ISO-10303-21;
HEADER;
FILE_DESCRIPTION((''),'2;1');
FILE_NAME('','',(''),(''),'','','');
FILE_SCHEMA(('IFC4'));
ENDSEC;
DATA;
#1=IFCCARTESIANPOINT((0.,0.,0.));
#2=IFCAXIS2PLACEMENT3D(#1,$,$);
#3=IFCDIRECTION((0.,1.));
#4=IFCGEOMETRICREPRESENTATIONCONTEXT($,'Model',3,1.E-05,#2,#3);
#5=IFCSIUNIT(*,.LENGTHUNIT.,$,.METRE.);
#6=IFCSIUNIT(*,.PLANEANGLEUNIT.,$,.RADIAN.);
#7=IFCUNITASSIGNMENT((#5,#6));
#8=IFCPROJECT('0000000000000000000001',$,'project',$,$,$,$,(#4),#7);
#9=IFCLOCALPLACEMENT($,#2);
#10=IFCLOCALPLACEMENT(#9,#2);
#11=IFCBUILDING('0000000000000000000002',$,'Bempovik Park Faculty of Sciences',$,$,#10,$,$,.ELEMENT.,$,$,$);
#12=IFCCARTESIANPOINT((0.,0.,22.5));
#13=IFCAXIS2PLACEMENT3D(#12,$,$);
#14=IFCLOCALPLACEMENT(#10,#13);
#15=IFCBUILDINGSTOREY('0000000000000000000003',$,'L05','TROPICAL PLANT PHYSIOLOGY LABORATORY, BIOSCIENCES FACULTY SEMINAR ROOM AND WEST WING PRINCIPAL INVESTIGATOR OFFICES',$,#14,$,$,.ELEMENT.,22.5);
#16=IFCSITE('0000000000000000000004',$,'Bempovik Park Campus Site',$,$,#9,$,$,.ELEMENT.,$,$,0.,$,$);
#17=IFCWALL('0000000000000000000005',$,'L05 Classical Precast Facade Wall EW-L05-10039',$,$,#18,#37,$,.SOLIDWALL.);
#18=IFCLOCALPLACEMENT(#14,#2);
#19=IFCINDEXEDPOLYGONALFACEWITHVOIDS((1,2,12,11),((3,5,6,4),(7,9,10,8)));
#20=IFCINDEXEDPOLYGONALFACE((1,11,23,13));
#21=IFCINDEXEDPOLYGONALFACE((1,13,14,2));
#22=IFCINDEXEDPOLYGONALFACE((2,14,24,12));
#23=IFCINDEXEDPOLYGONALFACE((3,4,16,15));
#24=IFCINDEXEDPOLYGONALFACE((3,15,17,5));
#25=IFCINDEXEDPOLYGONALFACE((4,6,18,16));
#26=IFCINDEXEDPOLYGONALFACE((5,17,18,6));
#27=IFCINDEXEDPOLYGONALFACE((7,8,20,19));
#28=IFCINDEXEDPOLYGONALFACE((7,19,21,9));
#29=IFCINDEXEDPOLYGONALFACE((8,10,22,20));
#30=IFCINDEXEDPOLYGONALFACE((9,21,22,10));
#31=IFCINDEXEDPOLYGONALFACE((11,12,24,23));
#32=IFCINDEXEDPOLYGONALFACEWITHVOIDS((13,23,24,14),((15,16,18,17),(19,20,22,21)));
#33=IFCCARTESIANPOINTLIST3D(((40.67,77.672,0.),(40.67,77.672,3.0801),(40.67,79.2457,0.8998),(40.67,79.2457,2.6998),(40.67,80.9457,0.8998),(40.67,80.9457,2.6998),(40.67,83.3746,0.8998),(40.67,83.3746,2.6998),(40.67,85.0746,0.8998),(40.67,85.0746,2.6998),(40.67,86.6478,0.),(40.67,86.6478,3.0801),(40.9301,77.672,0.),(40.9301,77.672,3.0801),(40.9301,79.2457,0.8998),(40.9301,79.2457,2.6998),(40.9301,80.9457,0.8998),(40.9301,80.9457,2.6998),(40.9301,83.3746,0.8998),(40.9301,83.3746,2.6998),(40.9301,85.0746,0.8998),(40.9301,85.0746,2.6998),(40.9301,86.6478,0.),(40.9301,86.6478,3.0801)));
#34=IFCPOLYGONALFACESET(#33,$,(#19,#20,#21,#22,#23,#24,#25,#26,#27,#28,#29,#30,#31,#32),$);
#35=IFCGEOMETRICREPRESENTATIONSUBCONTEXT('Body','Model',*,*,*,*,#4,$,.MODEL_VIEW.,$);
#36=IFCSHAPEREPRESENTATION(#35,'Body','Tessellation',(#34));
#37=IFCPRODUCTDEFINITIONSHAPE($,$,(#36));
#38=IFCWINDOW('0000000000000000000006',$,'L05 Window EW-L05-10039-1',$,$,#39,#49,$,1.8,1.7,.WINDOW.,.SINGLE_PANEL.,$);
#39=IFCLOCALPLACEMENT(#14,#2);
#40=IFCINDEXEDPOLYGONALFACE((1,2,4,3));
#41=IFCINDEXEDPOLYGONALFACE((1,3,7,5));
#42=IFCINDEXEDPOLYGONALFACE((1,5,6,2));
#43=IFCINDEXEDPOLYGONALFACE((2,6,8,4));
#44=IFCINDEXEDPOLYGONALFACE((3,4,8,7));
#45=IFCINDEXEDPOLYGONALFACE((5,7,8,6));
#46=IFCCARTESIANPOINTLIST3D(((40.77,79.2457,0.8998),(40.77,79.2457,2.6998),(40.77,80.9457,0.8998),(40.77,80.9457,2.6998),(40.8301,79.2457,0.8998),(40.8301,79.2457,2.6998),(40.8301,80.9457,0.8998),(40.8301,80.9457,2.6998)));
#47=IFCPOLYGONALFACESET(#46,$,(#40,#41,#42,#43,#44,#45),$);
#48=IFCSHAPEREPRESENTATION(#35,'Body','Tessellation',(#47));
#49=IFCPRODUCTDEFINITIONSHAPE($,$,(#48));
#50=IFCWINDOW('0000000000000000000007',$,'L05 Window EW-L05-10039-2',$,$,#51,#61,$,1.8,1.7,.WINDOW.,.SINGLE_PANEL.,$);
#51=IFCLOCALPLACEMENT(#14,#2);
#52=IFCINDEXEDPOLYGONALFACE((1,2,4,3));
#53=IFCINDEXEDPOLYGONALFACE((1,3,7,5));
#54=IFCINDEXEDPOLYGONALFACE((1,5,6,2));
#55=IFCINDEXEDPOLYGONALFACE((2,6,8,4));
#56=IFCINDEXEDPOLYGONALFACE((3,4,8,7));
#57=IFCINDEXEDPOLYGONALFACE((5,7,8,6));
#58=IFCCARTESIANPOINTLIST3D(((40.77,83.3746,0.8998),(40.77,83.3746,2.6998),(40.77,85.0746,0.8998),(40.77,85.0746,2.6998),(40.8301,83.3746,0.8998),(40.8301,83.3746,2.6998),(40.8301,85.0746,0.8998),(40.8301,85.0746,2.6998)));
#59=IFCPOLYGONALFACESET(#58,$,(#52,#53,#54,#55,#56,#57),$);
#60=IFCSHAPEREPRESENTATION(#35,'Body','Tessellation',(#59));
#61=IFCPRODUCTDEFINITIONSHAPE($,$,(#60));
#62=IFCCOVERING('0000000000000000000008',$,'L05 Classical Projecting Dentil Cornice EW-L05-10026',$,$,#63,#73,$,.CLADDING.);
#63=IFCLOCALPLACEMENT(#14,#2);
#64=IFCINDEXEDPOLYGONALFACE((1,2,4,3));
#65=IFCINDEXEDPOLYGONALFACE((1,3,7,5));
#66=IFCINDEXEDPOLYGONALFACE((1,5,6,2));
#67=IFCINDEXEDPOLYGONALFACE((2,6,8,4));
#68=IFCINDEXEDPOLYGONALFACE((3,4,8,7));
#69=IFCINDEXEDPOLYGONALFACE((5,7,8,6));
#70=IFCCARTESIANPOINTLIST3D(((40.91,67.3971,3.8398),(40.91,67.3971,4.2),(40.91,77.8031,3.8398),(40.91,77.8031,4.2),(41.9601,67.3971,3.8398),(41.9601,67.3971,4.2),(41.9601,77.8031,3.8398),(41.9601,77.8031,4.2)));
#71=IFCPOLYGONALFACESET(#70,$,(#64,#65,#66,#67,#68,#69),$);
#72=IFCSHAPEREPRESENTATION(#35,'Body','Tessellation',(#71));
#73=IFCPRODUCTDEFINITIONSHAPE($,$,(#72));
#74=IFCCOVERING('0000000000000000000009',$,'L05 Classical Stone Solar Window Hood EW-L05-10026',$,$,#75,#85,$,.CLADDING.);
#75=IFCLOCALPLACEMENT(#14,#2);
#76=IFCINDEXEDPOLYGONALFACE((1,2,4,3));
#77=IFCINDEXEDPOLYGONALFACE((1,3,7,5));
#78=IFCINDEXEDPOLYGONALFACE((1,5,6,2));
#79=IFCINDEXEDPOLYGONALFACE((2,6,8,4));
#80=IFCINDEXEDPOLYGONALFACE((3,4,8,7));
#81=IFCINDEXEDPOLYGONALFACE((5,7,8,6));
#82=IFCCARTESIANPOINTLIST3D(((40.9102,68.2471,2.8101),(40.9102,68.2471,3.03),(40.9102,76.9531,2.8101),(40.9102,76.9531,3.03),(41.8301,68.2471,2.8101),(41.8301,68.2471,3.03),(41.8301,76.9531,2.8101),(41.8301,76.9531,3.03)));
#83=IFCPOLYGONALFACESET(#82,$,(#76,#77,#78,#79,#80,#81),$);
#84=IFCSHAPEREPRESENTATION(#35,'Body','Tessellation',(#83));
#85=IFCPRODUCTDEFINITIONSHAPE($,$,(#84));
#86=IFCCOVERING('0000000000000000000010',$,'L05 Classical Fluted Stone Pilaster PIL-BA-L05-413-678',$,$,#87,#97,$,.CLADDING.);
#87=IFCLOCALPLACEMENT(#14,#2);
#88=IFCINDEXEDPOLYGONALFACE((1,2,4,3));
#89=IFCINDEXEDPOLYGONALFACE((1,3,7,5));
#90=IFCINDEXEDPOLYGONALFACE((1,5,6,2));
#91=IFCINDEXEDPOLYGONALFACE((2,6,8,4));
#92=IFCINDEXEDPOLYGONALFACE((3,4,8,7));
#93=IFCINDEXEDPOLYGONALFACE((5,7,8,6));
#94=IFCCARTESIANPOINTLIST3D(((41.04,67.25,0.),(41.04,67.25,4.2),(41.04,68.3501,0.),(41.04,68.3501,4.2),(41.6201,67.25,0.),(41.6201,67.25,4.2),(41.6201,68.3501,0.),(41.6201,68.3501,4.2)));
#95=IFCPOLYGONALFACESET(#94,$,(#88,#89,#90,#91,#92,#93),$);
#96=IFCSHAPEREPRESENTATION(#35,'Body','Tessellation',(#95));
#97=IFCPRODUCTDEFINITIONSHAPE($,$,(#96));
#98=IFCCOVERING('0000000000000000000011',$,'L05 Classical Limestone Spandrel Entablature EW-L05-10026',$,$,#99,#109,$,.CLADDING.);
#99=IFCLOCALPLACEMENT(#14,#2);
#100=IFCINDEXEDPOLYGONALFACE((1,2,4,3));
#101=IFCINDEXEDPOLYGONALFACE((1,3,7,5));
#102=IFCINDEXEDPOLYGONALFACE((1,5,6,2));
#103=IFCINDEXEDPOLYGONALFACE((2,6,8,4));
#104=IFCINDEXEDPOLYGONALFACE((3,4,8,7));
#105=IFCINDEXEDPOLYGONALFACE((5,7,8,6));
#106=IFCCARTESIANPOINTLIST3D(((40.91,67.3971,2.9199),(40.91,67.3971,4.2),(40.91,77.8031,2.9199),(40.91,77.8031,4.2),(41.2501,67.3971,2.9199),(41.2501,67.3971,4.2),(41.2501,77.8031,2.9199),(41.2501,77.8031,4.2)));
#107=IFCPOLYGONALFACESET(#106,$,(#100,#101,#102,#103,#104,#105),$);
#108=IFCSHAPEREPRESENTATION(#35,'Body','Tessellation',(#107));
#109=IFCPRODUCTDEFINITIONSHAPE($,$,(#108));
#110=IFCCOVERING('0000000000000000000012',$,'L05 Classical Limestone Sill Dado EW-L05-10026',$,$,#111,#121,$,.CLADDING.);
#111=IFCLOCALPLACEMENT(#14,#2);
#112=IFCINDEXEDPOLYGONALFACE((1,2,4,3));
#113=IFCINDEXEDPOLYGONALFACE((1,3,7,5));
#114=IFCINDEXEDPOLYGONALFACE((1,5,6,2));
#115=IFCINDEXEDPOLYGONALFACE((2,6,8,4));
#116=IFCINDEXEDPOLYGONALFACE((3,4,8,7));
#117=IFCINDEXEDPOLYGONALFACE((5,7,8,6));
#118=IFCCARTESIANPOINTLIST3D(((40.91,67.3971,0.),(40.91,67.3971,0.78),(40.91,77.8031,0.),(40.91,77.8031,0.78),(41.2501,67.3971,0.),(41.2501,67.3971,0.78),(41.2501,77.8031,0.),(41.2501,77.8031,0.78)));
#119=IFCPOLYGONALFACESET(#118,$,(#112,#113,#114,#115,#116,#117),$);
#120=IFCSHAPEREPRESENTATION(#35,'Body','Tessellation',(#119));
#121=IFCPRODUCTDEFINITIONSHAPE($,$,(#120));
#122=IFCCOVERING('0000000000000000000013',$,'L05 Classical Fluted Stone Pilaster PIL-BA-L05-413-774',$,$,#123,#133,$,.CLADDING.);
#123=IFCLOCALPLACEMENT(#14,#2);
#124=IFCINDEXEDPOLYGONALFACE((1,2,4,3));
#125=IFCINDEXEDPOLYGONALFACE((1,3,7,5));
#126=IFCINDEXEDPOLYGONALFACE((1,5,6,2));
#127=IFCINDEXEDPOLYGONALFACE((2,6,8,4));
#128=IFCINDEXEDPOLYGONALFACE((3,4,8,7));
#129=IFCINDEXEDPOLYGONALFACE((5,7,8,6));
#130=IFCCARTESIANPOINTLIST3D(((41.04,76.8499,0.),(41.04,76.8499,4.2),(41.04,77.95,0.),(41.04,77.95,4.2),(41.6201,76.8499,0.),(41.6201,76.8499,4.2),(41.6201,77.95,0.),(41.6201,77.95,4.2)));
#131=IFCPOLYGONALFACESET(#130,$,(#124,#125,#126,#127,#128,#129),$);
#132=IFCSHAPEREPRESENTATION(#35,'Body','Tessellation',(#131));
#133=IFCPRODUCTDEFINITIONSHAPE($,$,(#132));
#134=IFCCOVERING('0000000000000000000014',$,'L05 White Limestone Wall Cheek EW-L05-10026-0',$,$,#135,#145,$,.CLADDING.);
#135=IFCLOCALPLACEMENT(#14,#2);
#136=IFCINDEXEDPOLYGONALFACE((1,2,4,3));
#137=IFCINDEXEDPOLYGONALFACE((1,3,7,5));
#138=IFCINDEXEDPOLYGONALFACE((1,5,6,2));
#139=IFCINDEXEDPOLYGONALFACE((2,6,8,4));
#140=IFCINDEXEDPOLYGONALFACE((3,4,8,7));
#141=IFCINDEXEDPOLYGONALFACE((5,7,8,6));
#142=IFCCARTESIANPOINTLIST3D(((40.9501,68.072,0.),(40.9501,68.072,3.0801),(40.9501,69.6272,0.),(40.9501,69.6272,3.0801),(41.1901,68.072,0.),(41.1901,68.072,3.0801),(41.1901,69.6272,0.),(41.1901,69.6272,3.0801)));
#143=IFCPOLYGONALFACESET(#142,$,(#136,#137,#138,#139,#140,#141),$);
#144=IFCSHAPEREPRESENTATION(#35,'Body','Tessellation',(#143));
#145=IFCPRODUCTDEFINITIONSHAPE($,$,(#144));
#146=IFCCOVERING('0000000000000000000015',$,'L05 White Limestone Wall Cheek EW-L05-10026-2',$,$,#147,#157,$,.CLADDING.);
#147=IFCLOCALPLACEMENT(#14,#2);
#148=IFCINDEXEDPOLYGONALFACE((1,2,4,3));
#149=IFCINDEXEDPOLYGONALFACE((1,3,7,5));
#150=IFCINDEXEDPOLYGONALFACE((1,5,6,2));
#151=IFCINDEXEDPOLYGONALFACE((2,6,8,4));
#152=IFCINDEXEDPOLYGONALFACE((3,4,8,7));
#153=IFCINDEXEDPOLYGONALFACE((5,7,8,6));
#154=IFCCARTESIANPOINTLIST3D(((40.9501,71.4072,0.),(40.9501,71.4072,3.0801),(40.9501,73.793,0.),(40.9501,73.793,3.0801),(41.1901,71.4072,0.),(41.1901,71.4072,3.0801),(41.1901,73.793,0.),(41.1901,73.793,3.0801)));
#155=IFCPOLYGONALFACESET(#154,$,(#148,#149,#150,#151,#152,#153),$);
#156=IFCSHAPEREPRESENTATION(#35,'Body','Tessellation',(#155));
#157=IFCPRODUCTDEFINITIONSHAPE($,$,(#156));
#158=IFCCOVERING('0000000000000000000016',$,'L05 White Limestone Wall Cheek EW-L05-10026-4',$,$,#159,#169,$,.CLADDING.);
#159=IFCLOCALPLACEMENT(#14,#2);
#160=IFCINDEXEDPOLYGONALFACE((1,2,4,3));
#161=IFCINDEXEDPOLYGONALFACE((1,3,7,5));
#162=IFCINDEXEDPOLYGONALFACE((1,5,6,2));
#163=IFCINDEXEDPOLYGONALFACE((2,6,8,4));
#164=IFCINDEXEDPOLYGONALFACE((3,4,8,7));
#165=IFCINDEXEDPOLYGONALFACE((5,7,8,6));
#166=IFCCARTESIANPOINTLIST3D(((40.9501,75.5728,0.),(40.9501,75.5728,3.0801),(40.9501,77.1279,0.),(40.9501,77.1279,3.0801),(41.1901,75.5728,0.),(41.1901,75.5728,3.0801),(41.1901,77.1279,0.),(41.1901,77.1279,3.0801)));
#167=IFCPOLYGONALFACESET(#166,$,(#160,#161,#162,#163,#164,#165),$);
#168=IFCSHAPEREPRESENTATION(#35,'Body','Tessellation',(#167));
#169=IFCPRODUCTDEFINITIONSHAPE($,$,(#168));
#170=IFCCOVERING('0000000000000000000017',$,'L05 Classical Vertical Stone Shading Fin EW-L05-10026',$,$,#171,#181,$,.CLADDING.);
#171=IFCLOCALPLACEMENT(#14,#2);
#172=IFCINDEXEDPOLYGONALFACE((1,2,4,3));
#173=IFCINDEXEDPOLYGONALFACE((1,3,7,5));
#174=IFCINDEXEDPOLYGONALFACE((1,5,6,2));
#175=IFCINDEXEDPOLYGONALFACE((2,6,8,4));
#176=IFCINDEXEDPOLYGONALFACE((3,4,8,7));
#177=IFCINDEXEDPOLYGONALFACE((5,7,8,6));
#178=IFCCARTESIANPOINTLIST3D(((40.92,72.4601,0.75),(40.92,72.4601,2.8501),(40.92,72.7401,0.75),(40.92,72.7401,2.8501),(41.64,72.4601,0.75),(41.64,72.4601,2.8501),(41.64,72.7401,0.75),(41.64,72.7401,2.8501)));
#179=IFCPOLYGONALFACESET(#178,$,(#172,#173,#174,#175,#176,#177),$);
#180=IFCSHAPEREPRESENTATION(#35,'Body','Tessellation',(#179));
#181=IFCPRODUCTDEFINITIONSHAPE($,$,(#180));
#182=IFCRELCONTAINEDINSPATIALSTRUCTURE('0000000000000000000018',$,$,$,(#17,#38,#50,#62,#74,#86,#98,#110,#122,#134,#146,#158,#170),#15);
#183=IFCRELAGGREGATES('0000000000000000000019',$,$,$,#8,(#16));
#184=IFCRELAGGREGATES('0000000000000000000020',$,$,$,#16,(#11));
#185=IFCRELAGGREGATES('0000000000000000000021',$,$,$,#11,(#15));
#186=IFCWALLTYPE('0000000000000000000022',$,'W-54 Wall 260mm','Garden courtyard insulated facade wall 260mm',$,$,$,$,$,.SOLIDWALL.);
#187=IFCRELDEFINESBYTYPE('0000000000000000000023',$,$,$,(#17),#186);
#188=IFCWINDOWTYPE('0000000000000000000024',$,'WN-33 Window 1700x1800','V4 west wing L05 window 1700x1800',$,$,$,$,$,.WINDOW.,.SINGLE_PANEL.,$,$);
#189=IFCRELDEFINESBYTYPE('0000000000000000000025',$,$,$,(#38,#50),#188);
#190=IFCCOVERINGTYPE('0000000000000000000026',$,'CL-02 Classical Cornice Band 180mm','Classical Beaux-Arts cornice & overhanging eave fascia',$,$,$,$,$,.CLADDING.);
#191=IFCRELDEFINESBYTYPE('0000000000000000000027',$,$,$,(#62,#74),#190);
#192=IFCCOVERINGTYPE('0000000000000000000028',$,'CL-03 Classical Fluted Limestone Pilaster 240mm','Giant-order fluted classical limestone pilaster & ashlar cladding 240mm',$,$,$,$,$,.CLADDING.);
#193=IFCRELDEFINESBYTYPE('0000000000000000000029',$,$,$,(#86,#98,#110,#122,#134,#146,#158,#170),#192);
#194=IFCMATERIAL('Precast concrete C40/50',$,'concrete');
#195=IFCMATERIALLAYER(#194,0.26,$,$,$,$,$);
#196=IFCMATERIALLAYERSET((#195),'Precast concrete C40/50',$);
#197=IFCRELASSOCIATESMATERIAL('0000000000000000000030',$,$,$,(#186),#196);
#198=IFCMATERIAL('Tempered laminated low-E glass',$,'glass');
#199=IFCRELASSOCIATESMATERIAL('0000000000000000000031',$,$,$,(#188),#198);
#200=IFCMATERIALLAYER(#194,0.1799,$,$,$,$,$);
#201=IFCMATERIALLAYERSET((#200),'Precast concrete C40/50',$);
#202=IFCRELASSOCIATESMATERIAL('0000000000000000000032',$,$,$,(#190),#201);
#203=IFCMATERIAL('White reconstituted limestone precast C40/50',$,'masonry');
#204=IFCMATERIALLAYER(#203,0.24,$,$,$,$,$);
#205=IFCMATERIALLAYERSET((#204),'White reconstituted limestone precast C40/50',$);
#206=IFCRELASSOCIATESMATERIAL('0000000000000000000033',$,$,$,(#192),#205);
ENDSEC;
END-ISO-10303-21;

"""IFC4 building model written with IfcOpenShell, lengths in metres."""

from ifc_helpers import new_model, si_unit, direction, frame, frame_2d, origin, origin_2d, place, context, subcontext, project, spatial, rectangle, extrude, material, layer, layer_set, type_object, element, fill, save


model = new_model("IFC4")

# Units and contexts
model_context = context("Model", 3, precision=1e-05, world=origin(), true_north=direction((0.0, 1.0)))
body_context = subcontext(model_context, "Body", "Model", "MODEL_VIEW")
ifc_project = project(units=[si_unit("LENGTHUNIT", "METRE"), si_unit("PLANEANGLEUNIT", "RADIAN")], contexts=[model_context])

# Site, building, storey
site_placement = place(None, origin())
site = spatial("IfcSite", under=ifc_project, at=site_placement, Name="Bempovik Park Campus Site", CompositionType="ELEMENT", RefElevation=0.0)
building_placement = place(site_placement, origin())
building = spatial("IfcBuilding", under=site, at=building_placement, Name="Bempovik Park Faculty of Sciences", CompositionType="ELEMENT")
storey_placement = place(building_placement, frame((0.0, 0.0, 22.5)))
storey = spatial("IfcBuildingStorey", under=building, at=storey_placement, Name="L05", Description="TROPICAL PLANT PHYSIOLOGY LABORATORY, BIOSCIENCES FACULTY SEMINAR ROOM AND WEST WING PRINCIPAL INVESTIGATOR OFFICES", CompositionType="ELEMENT", Elevation=22.5)

# Wall, openings, windows
ifc_material_1 = material(Name="Precast concrete C40/50", Category="concrete")
ifc_layer_1 = layer(ifc_material_1, 0.26)
ifc_layer_set_1 = layer_set([ifc_layer_1], Name="Precast concrete C40/50")
wall_type_1 = type_object("IfcWallType", Name="W-54 Wall 260mm", Description="Garden courtyard insulated facade wall 260mm", PredefinedType="SOLIDWALL", material=ifc_layer_set_1)
ifc_material_2 = material(Name="Tempered laminated low-E glass", Category="glass")
window_type = type_object("IfcWindowType", Name="WN-33 Window 1700x1800", Description="V4 west wing L05 window 1700x1800", PartitioningType="SINGLE_PANEL", PredefinedType="WINDOW", material=ifc_material_2)
wall_1_placement = place(storey_placement, frame((40.8, 77.6721, 0.0), z_axis=(0.0, 0.0, 1.0), x_axis=(0.0, 1.0, 0.0)))
wall_1 = element("IfcWall", 1, at=wall_1_placement, inside=storey, type_object=wall_type_1, Name="L05 Classical Precast Facade Wall EW-L05-10039", PredefinedType="SOLIDWALL", context=body_context, shape_type="SweptSolid", body=[
    extrude(rectangle(XDim=8.9758, YDim=0.26, at=frame_2d((4.4878, 0.0))), origin(), (0.0, 0.0, 1.0), 3.0801),
])
opening_1_placement = place(wall_1_placement, frame((1.5735, 0.0, 0.8999)))
opening_1 = element("IfcOpeningElement", 2, at=opening_1_placement, cuts=wall_1, PredefinedType="OPENING", context=body_context, shape_type="SweptSolid", body=[
    extrude(rectangle(XDim=1.7, YDim=1.8, at=frame_2d((0.8501, 0.8999))), frame((0.0, 0.1401, 0.0), z_axis=(0.0, -1.0, 0.0), x_axis=(1.0, 0.0, 0.0)), (0.0, 0.0, 1.0), 0.28),
])
opening_2_placement = place(wall_1_placement, frame((5.7024, 0.0, 0.8999)))
opening_2 = element("IfcOpeningElement", 3, at=opening_2_placement, cuts=wall_1, PredefinedType="OPENING", context=body_context, shape_type="SweptSolid", body=[
    extrude(rectangle(XDim=1.7, YDim=1.8, at=frame_2d((0.8501, 0.8999))), frame((0.0, 0.1401, 0.0), z_axis=(0.0, -1.0, 0.0), x_axis=(1.0, 0.0, 0.0)), (0.0, 0.0, 1.0), 0.28),
])
window_1_placement = place(opening_1_placement, origin())
window_1 = element("IfcWindow", 4, at=window_1_placement, inside=storey, type_object=window_type, Name="L05 Window EW-L05-10039-1", OverallHeight=1.8, OverallWidth=1.7, PartitioningType="SINGLE_PANEL", PredefinedType="WINDOW", context=body_context, shape_type="SweptSolid", body=[
    extrude(rectangle(XDim=1.7, YDim=1.8, at=frame_2d((0.8501, 0.8999))), frame((0.0, 0.03, 0.0), z_axis=(0.0, -1.0, 0.0), x_axis=(1.0, 0.0, 0.0)), (0.0, 0.0, 1.0), 0.0601),
])
fill(opening_1, window_1)
window_2_placement = place(opening_2_placement, origin())
window_2 = element("IfcWindow", 5, at=window_2_placement, inside=storey, type_object=window_type, Name="L05 Window EW-L05-10039-2", OverallHeight=1.8, OverallWidth=1.7, PartitioningType="SINGLE_PANEL", PredefinedType="WINDOW", context=body_context, shape_type="SweptSolid", body=[
    extrude(rectangle(XDim=1.7, YDim=1.8, at=frame_2d((0.8501, 0.8999))), frame((0.0, 0.03, 0.0), z_axis=(0.0, -1.0, 0.0), x_axis=(1.0, 0.0, 0.0)), (0.0, 0.0, 1.0), 0.0601),
])
fill(opening_2, window_2)

# Coverings
ifc_layer_2 = layer(ifc_material_1, 0.1799)
ifc_layer_set_2 = layer_set([ifc_layer_2], Name="Precast concrete C40/50")
covering_type_1 = type_object("IfcCoveringType", Name="CL-02 Classical Cornice Band 180mm", Description="Classical Beaux-Arts cornice & overhanging eave fascia", PredefinedType="CLADDING", material=ifc_layer_set_2)
covering_1_placement = place(storey_placement, frame((41.4351, 72.6001, 3.8398), z_axis=(0.0, 0.0, 1.0), x_axis=(1.0, 0.0, 0.0)))
element("IfcCovering", 6, at=covering_1_placement, inside=storey, type_object=covering_type_1, Name="L05 Classical Projecting Dentil Cornice EW-L05-10026", PredefinedType="CLADDING", context=body_context, shape_type="SweptSolid", body=[
    extrude(rectangle(XDim=1.05, YDim=10.406, at=origin_2d()), origin(), (0.0, 0.0, 1.0), 0.3601),
])
covering_2_placement = place(storey_placement, frame((41.3701, 72.6001, 2.8101), z_axis=(0.0, 0.0, 1.0), x_axis=(1.0, 0.0, 0.0)))
element("IfcCovering", 7, at=covering_2_placement, inside=storey, type_object=covering_type_1, Name="L05 Classical Stone Solar Window Hood EW-L05-10026", PredefinedType="CLADDING", context=body_context, shape_type="SweptSolid", body=[
    extrude(rectangle(XDim=0.9199, YDim=8.7061, at=origin_2d()), origin(), (0.0, 0.0, 1.0), 0.22),
])
ifc_material_3 = material(Name="White reconstituted limestone precast C40/50", Category="masonry")
ifc_layer_3 = layer(ifc_material_3, 0.24)
ifc_layer_set_3 = layer_set([ifc_layer_3], Name="White reconstituted limestone precast C40/50")
covering_type_2 = type_object("IfcCoveringType", Name="CL-03 Classical Fluted Limestone Pilaster 240mm", Description="Giant-order fluted classical limestone pilaster & ashlar cladding 240mm", PredefinedType="CLADDING", material=ifc_layer_set_3)
covering_3_placement = place(storey_placement, frame((41.3301, 67.8, 0.0), z_axis=(0.0, 0.0, 1.0), x_axis=(1.0, 0.0, 0.0)))
element("IfcCovering", 8, at=covering_3_placement, inside=storey, type_object=covering_type_2, Name="L05 Classical Fluted Stone Pilaster PIL-BA-L05-413-678", PredefinedType="CLADDING", context=body_context, shape_type="SweptSolid", body=[
    extrude(rectangle(XDim=0.5801, YDim=1.1001, at=origin_2d()), origin(), (0.0, 0.0, 1.0), 4.2),
])
covering_4_placement = place(storey_placement, frame((41.0801, 72.6001, 2.9199), z_axis=(0.0, 0.0, 1.0), x_axis=(1.0, 0.0, 0.0)))
element("IfcCovering", 9, at=covering_4_placement, inside=storey, type_object=covering_type_2, Name="L05 Classical Limestone Spandrel Entablature EW-L05-10026", PredefinedType="CLADDING", context=body_context, shape_type="SweptSolid", body=[
    extrude(rectangle(XDim=0.3401, YDim=10.406, at=origin_2d()), origin(), (0.0, 0.0, 1.0), 1.28),
])
covering_5_placement = place(storey_placement, frame((41.0801, 72.6001, 0.0), z_axis=(0.0, 0.0, 1.0), x_axis=(1.0, 0.0, 0.0)))
element("IfcCovering", 10, at=covering_5_placement, inside=storey, type_object=covering_type_2, Name="L05 Classical Limestone Sill Dado EW-L05-10026", PredefinedType="CLADDING", context=body_context, shape_type="SweptSolid", body=[
    extrude(rectangle(XDim=0.3401, YDim=10.406, at=origin_2d()), origin(), (0.0, 0.0, 1.0), 0.78),
])
covering_6_placement = place(storey_placement, frame((41.3301, 77.3999, 0.0), z_axis=(0.0, 0.0, 1.0), x_axis=(1.0, 0.0, 0.0)))
element("IfcCovering", 11, at=covering_6_placement, inside=storey, type_object=covering_type_2, Name="L05 Classical Fluted Stone Pilaster PIL-BA-L05-413-774", PredefinedType="CLADDING", context=body_context, shape_type="SweptSolid", body=[
    extrude(rectangle(XDim=0.5801, YDim=1.1001, at=origin_2d()), origin(), (0.0, 0.0, 1.0), 4.2),
])
covering_7_placement = place(storey_placement, frame((41.0701, 68.8496, 0.0), z_axis=(0.0, 0.0, 1.0), x_axis=(1.0, 0.0, 0.0)))
element("IfcCovering", 12, at=covering_7_placement, inside=storey, type_object=covering_type_2, Name="L05 White Limestone Wall Cheek EW-L05-10026-0", PredefinedType="CLADDING", context=body_context, shape_type="SweptSolid", body=[
    extrude(rectangle(XDim=0.24, YDim=1.5552, at=origin_2d()), origin(), (0.0, 0.0, 1.0), 3.0801),
])
covering_8_placement = place(storey_placement, frame((41.0701, 72.6001, 0.0), z_axis=(0.0, 0.0, 1.0), x_axis=(1.0, 0.0, 0.0)))
element("IfcCovering", 13, at=covering_8_placement, inside=storey, type_object=covering_type_2, Name="L05 White Limestone Wall Cheek EW-L05-10026-2", PredefinedType="CLADDING", context=body_context, shape_type="SweptSolid", body=[
    extrude(rectangle(XDim=0.24, YDim=2.3857, at=origin_2d()), origin(), (0.0, 0.0, 1.0), 3.0801),
])
covering_9_placement = place(storey_placement, frame((41.0701, 76.3503, 0.0), z_axis=(0.0, 0.0, 1.0), x_axis=(1.0, 0.0, 0.0)))
element("IfcCovering", 14, at=covering_9_placement, inside=storey, type_object=covering_type_2, Name="L05 White Limestone Wall Cheek EW-L05-10026-4", PredefinedType="CLADDING", context=body_context, shape_type="SweptSolid", body=[
    extrude(rectangle(XDim=0.24, YDim=1.5552, at=origin_2d()), origin(), (0.0, 0.0, 1.0), 3.0801),
])
covering_10_placement = place(storey_placement, frame((41.28, 72.6001, 0.75), z_axis=(0.0, 0.0, 1.0), x_axis=(1.0, 0.0, 0.0)))
element("IfcCovering", 15, at=covering_10_placement, inside=storey, type_object=covering_type_2, Name="L05 Classical Vertical Stone Shading Fin EW-L05-10026", PredefinedType="CLADDING", context=body_context, shape_type="SweptSolid", body=[
    extrude(rectangle(XDim=0.72, YDim=0.28, at=origin_2d()), origin(), (0.0, 0.0, 1.0), 2.1001),
])

save(model, "model.ifc")
